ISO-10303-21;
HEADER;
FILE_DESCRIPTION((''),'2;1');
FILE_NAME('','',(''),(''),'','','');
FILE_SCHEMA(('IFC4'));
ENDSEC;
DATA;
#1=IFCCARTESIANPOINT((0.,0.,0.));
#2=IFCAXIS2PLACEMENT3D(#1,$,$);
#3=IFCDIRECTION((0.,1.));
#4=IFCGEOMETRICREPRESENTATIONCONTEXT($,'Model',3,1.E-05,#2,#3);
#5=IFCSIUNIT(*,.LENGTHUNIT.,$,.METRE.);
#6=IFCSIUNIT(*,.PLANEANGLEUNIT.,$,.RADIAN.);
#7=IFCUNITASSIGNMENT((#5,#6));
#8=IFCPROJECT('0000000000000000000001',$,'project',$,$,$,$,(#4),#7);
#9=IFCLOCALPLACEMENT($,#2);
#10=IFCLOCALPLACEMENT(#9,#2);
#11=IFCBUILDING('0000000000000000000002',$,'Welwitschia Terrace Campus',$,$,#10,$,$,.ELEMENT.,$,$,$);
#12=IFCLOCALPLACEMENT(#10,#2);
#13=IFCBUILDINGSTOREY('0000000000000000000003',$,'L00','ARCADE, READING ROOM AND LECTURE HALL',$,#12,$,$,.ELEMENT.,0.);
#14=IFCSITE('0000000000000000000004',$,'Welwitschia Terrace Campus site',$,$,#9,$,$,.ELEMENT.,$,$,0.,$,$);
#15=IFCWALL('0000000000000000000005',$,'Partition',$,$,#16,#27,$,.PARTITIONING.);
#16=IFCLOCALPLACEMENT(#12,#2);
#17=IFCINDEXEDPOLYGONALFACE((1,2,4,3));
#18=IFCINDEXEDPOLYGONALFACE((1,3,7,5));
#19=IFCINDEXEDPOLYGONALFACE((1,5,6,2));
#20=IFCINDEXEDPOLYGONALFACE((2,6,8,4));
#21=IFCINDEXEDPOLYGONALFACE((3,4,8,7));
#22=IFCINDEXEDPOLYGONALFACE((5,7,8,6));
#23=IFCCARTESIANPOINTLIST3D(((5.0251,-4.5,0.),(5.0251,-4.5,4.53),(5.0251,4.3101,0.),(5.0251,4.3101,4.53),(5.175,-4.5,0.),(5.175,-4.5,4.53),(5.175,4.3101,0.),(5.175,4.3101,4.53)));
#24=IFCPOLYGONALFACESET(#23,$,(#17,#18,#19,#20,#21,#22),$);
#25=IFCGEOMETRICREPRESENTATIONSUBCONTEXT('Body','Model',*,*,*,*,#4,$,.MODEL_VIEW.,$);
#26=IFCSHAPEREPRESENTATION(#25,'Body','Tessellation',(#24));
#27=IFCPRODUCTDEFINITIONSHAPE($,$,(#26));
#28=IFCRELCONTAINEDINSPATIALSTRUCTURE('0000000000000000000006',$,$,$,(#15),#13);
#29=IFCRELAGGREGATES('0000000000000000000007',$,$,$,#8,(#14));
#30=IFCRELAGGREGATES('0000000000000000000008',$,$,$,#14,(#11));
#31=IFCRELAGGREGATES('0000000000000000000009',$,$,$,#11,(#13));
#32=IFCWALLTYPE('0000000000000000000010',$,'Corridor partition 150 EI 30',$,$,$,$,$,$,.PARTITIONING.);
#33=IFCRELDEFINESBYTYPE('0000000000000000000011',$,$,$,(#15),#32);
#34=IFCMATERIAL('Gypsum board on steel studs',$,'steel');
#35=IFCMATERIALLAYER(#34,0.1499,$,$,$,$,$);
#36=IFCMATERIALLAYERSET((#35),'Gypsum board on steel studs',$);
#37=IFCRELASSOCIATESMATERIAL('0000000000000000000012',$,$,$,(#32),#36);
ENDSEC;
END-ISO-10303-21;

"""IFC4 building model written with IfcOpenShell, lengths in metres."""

from ifc_helpers import new_model, si_unit, direction, frame, frame_2d, origin, place, context, subcontext, project, spatial, rectangle, extrude, material, layer, layer_set, type_object, element, save


model = new_model("IFC4")

# Units and contexts
model_context = context("Model", 3, precision=1e-05, world=origin(), true_north=direction((0.0, 1.0)))
body_context = subcontext(model_context, "Body", "Model", "MODEL_VIEW")
ifc_project = project(units=[si_unit("LENGTHUNIT", "METRE"), si_unit("PLANEANGLEUNIT", "RADIAN")], contexts=[model_context])

# Site, building, storey
site_placement = place(None, origin())
site = spatial("IfcSite", under=ifc_project, at=site_placement, Name="Welwitschia Terrace Campus site", CompositionType="ELEMENT", RefElevation=0.0)
building_placement = place(site_placement, origin())
building = spatial("IfcBuilding", under=site, at=building_placement, Name="Welwitschia Terrace Campus", CompositionType="ELEMENT")
storey_placement = place(building_placement, origin())
storey = spatial("IfcBuildingStorey", under=building, at=storey_placement, Name="L00", Description="ARCADE, READING ROOM AND LECTURE HALL", CompositionType="ELEMENT", Elevation=0.0)

# Shared definitions
ifc_material_1 = material(Name="Gypsum board on steel studs", Category="steel")
ifc_layer_1 = layer(ifc_material_1, 0.1499)
ifc_layer_set_1 = layer_set([ifc_layer_1], Name="Gypsum board on steel studs")
wall_type_1 = type_object("IfcWallType", Name="Corridor partition 150 EI 30", PredefinedType="PARTITIONING", material=ifc_layer_set_1)

# Wall
wall_1_placement = place(storey_placement, frame((5.1001, -4.5, 0.0), z_axis=(0.0, 0.0, 1.0), x_axis=(0.0, 1.0, 0.0)))
element("IfcWall", 1, at=wall_1_placement, inside=storey, type_object=wall_type_1, Name="Partition", PredefinedType="PARTITIONING", context=body_context, shape_type="SweptSolid", body=[
    extrude(rectangle(XDim=8.8101, YDim=0.1499, at=frame_2d((4.405, 0.0))), origin(), (0.0, 0.0, 1.0), 4.53),
])

save(model, "model.ifc")
